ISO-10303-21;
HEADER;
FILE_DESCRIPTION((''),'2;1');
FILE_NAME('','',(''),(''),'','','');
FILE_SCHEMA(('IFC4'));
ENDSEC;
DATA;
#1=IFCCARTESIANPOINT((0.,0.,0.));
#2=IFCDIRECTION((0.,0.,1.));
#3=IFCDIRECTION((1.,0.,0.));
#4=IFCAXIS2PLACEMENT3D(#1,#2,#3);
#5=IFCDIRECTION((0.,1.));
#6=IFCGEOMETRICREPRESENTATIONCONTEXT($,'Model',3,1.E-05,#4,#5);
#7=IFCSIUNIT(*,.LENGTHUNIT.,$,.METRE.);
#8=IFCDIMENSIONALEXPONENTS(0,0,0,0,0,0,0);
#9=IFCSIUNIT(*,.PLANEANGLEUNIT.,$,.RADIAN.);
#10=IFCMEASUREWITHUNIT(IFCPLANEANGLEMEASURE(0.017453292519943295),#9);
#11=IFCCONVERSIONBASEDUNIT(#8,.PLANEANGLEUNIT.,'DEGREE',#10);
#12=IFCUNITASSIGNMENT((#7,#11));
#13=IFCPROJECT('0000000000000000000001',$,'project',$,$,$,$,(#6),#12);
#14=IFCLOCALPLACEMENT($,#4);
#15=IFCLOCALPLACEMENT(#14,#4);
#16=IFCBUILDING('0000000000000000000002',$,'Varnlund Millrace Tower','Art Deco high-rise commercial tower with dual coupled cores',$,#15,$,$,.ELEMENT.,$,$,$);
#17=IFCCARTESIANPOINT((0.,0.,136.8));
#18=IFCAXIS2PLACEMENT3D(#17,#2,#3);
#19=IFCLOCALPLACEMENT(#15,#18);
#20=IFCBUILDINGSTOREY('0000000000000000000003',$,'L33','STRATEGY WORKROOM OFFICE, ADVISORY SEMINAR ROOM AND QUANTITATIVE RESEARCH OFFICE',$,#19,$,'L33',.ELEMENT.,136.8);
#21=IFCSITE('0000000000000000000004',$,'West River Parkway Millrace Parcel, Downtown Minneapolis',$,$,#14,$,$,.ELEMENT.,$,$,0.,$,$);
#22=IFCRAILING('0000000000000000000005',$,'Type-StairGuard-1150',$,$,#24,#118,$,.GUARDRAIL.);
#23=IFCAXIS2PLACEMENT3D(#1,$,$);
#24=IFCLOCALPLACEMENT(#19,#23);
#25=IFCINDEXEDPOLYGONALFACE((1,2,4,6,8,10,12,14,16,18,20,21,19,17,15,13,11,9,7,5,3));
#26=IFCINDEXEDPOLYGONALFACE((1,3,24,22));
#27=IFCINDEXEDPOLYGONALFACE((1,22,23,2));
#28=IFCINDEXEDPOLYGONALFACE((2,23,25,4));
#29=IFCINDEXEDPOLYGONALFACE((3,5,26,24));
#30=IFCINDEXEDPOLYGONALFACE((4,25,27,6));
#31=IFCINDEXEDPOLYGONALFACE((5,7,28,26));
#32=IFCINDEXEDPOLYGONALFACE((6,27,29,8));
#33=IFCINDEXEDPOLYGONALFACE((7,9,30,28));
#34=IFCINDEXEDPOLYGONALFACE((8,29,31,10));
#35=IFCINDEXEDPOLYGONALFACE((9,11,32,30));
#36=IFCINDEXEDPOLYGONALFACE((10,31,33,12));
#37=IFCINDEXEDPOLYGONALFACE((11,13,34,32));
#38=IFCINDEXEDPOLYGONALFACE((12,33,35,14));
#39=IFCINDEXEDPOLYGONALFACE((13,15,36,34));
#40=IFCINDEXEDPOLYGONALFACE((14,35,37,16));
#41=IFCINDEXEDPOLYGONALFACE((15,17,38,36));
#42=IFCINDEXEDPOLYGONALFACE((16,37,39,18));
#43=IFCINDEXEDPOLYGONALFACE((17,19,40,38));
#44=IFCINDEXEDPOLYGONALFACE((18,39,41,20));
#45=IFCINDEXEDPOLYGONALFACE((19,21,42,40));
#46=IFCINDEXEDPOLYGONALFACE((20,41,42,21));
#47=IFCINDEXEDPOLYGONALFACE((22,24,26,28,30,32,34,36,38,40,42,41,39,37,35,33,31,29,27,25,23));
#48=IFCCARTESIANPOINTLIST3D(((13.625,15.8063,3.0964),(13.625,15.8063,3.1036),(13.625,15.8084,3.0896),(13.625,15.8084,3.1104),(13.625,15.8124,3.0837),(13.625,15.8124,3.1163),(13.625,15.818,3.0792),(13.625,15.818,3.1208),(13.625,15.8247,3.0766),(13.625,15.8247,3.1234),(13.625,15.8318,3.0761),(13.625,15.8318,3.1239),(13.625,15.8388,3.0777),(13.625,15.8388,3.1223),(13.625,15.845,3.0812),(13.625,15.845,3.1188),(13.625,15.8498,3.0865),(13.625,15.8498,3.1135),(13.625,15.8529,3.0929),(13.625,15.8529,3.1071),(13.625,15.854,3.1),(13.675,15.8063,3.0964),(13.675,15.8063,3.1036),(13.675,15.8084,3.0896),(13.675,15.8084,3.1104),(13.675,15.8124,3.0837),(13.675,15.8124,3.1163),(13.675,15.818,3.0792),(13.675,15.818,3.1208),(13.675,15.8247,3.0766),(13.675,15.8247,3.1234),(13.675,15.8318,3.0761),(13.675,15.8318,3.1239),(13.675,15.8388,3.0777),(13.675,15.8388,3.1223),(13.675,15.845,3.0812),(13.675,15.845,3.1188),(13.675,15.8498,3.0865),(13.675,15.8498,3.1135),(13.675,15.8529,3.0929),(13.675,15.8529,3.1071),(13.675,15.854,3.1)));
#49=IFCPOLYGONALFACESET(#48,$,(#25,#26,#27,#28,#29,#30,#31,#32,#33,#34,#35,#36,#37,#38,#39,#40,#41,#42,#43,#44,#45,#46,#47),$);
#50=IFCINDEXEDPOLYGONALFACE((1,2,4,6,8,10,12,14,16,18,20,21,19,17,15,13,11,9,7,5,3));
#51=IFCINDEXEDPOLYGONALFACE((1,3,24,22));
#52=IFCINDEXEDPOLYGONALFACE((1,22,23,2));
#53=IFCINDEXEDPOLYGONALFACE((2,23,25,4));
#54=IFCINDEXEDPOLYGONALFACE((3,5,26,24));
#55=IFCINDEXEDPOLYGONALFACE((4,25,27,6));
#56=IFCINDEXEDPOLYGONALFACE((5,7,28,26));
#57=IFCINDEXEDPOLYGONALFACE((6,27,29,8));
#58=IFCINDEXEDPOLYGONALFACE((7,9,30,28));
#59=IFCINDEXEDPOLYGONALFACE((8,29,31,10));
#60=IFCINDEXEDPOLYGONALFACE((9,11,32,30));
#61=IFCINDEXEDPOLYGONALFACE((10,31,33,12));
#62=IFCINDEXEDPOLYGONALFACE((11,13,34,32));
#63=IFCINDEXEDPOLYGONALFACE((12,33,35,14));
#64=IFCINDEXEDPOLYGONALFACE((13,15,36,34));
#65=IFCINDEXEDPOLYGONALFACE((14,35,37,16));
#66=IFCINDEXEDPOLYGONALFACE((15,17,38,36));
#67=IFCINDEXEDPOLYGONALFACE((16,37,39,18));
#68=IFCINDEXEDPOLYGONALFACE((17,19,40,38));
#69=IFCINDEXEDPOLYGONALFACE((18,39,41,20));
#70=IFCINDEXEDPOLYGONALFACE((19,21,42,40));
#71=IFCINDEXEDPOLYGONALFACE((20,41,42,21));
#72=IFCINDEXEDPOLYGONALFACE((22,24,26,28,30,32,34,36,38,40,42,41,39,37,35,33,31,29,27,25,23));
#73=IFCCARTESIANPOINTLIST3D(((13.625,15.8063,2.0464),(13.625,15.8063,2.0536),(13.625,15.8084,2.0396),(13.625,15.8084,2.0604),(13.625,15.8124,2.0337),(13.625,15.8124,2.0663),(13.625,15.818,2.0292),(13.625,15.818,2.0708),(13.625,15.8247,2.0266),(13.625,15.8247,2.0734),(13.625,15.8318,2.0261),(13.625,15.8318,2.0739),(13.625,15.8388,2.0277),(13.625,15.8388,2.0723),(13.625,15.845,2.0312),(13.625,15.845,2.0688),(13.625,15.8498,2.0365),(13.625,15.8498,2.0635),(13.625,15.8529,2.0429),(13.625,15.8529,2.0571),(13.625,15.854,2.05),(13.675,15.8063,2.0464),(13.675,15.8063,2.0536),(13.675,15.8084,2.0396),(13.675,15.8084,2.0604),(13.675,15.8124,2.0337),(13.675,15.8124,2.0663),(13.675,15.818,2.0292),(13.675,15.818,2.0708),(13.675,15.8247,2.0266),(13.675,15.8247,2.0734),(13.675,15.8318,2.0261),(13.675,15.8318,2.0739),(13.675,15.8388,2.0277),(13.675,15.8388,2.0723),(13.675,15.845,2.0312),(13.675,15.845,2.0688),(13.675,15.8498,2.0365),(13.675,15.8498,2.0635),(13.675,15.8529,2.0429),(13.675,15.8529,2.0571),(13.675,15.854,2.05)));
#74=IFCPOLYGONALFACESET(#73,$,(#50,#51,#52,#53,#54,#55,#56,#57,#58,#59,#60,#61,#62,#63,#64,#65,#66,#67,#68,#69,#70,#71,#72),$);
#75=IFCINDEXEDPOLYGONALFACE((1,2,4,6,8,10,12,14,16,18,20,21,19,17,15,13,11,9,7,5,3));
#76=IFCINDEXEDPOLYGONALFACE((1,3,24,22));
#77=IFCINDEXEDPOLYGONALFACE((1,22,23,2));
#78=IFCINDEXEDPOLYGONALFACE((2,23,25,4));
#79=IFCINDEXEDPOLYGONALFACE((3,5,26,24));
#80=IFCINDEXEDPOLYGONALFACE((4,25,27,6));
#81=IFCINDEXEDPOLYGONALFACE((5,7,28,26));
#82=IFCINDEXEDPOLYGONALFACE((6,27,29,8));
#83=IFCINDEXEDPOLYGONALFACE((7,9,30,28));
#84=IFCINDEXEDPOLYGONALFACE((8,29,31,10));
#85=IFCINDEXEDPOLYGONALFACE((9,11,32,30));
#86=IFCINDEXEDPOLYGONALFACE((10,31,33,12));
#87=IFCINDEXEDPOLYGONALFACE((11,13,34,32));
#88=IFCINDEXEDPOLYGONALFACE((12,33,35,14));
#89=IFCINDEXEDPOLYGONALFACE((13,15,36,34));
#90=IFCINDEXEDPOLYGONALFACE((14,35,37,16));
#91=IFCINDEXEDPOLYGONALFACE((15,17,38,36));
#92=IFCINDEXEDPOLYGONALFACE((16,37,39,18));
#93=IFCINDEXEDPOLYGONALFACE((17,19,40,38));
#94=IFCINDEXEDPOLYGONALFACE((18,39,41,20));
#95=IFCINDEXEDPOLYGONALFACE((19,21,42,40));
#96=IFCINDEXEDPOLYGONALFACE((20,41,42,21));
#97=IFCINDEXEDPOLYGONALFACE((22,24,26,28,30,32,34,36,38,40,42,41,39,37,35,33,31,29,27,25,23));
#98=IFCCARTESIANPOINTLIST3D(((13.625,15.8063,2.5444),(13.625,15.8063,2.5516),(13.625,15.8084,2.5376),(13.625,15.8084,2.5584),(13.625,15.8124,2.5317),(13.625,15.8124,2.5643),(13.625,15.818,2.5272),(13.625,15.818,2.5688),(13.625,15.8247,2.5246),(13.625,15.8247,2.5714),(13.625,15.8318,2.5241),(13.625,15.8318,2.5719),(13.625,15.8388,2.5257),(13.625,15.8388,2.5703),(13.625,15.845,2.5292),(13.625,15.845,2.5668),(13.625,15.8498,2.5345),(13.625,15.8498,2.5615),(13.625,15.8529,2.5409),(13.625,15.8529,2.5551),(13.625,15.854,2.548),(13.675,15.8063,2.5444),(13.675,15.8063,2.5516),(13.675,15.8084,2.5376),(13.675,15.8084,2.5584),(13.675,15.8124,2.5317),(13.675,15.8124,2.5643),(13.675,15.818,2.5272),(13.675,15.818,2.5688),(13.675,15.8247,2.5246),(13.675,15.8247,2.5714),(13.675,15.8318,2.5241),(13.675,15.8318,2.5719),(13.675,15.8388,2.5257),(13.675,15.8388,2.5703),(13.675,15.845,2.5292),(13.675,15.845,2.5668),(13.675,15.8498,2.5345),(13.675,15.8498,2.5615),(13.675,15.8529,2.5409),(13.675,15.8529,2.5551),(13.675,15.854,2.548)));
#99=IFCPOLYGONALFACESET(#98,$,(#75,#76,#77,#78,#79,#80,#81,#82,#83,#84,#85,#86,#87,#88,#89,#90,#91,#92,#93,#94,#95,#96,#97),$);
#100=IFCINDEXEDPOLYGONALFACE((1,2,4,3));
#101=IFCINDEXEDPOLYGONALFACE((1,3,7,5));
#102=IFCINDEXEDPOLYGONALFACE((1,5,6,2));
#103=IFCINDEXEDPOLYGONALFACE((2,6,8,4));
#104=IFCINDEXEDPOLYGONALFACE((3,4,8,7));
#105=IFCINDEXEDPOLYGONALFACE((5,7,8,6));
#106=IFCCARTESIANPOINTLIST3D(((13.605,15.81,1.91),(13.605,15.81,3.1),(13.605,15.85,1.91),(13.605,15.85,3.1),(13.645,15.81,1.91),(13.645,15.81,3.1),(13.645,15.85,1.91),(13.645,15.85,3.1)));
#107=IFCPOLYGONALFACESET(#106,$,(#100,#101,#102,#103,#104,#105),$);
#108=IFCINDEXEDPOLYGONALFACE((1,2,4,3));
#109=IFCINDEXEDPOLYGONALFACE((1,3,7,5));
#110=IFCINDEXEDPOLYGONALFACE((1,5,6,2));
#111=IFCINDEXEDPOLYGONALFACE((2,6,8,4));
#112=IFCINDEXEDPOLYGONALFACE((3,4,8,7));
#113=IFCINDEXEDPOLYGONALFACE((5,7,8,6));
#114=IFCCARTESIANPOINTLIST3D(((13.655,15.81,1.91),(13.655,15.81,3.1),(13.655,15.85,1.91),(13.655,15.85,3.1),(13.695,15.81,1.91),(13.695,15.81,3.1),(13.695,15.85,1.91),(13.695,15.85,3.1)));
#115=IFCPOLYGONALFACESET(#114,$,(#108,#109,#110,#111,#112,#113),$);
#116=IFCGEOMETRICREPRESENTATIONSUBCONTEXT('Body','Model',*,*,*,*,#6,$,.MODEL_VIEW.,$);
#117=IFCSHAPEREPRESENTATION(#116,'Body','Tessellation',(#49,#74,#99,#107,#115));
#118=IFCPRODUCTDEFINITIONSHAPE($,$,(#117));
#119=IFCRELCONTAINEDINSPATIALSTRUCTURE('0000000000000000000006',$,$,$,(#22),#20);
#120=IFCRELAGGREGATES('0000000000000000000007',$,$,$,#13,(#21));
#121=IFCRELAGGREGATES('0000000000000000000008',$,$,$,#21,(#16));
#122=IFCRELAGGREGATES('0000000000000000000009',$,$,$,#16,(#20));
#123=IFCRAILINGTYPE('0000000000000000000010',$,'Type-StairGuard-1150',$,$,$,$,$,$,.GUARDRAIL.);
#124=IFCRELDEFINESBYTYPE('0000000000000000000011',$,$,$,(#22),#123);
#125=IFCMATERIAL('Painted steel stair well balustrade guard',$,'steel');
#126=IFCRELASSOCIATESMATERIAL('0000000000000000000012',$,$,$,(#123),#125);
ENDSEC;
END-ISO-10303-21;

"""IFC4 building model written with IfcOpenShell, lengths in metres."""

from ifc_helpers import new_model, entity, si_unit, converted_unit, direction, frame, origin_with_axes, origin_2d_with_axis, place, context, subcontext, project, spatial, rectangle, circle, extrude, material, type_object, element, save


model = new_model("IFC4")

# Units and contexts
model_context = context("Model", 3, precision=1e-05, world=origin_with_axes(), true_north=direction((0.0, 1.0)))
body_context = subcontext(model_context, "Body", "Model", "MODEL_VIEW")
ifc_project = project(units=[si_unit("LENGTHUNIT", "METRE"), converted_unit("PLANEANGLEUNIT", "DEGREE", entity("IfcPlaneAngleMeasure", 0.017453292519943295), si_unit("PLANEANGLEUNIT", "RADIAN"), dimensions=[0, 0, 0, 0, 0, 0, 0])], contexts=[model_context])

# Site, building, storey
site_placement = place(None, origin_with_axes())
site = spatial("IfcSite", under=ifc_project, at=site_placement, Name="West River Parkway Millrace Parcel, Downtown Minneapolis", CompositionType="ELEMENT", RefElevation=0.0)
building_placement = place(site_placement, origin_with_axes())
building = spatial("IfcBuilding", under=site, at=building_placement, Name="Varnlund Millrace Tower", Description="Art Deco high-rise commercial tower with dual coupled cores", CompositionType="ELEMENT")
storey_placement = place(building_placement, frame((0.0, 0.0, 136.8), z_axis=(0.0, 0.0, 1.0), x_axis=(1.0, 0.0, 0.0)))
storey = spatial("IfcBuildingStorey", under=building, at=storey_placement, Name="L33", Description="STRATEGY WORKROOM OFFICE, ADVISORY SEMINAR ROOM AND QUANTITATIVE RESEARCH OFFICE", LongName="L33", CompositionType="ELEMENT", Elevation=136.8)

# Railing
ifc_material_1 = material(Name="Painted steel stair well balustrade guard", Category="steel")
railing_type_1 = type_object("IfcRailingType", Name="Type-StairGuard-1150", PredefinedType="GUARDRAIL", material=ifc_material_1)
railing_1_placement = place(storey_placement, frame((0.0, 0.0, -136.8), z_axis=(0.0, 0.0, 1.0), x_axis=(1.0, 0.0, 0.0)))
element("IfcRailing", 1, at=railing_1_placement, inside=storey, type_object=railing_type_1, Name="Type-StairGuard-1150", PredefinedType="GUARDRAIL", context=body_context, shape_type="SweptSolid", body=[
    extrude(circle(Radius=0.024, at=origin_2d_with_axis()), frame((13.625, 15.83, 139.9), z_axis=(1.0, 0.0, 0.0), x_axis=(0.0, 1.0, 0.0)), (0.0, 0.0, 1.0), 0.05),
    extrude(circle(Radius=0.024, at=origin_2d_with_axis()), frame((13.625, 15.83, 138.85), z_axis=(1.0, 0.0, 0.0), x_axis=(0.0, 1.0, 0.0)), (0.0, 0.0, 1.0), 0.05),
    extrude(circle(Radius=0.024, at=origin_2d_with_axis()), frame((13.625, 15.83, 139.348), z_axis=(1.0, 0.0, 0.0), x_axis=(0.0, 1.0, 0.0)), (0.0, 0.0, 1.0), 0.05),
    extrude(rectangle(XDim=0.04, YDim=0.04, at=origin_2d_with_axis()), frame((13.625, 15.83, 138.71), z_axis=(0.0, 0.0, 1.0), x_axis=(1.0, 0.0, 0.0)), (0.0, 0.0, 1.0), 1.19),
    extrude(rectangle(XDim=0.04, YDim=0.04, at=origin_2d_with_axis()), frame((13.675, 15.83, 138.71), z_axis=(0.0, 0.0, 1.0), x_axis=(1.0, 0.0, 0.0)), (0.0, 0.0, 1.0), 1.19),
])

save(model, "model.ifc")
